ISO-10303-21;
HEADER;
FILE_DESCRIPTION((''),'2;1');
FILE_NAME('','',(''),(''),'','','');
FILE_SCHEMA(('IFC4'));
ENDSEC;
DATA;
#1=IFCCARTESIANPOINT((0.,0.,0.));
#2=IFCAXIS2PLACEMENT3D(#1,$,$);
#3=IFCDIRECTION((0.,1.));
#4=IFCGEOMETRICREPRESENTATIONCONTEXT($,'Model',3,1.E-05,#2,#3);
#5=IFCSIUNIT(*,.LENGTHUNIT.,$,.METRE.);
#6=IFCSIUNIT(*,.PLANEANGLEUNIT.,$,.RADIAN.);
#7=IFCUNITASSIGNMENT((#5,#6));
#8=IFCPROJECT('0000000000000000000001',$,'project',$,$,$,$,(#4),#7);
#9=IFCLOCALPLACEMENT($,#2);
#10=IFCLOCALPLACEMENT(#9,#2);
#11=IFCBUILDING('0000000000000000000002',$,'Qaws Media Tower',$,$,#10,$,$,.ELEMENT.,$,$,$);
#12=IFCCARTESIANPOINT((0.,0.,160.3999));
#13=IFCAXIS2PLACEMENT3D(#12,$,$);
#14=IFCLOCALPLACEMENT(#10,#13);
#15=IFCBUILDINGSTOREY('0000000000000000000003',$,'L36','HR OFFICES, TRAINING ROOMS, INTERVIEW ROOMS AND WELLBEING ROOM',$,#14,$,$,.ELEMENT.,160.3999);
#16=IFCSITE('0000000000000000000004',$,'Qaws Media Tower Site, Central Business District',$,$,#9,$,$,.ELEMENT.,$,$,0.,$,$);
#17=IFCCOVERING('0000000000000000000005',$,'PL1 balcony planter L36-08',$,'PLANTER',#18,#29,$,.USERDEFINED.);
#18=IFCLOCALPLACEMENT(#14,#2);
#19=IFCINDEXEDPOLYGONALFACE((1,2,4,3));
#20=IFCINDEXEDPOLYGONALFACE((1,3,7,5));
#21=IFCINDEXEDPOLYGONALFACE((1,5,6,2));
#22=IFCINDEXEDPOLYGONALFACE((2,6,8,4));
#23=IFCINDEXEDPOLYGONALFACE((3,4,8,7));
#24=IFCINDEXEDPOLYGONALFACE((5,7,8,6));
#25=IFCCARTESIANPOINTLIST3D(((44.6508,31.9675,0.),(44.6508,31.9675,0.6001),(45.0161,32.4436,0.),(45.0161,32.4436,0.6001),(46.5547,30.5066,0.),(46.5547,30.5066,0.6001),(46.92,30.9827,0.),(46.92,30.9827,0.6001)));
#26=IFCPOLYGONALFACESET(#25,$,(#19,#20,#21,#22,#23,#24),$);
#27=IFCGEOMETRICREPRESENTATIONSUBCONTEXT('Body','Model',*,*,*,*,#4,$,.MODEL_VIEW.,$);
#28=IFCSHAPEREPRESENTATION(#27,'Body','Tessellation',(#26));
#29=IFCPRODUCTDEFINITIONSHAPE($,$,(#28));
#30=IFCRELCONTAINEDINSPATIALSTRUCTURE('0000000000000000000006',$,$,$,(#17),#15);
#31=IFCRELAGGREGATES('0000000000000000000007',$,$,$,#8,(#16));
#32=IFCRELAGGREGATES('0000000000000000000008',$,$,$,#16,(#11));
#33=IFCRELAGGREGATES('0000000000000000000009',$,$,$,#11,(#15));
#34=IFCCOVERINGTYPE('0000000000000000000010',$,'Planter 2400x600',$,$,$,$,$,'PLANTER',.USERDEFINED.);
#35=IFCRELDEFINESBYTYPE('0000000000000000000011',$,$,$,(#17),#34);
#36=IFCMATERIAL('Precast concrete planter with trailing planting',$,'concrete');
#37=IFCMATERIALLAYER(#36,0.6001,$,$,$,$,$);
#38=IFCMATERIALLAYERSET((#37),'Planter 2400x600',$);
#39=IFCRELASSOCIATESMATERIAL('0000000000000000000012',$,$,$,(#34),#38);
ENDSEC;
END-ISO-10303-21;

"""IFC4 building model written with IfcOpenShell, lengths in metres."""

from ifc_helpers import new_model, si_unit, direction, frame, origin, origin_2d, place, context, subcontext, project, spatial, rectangle, extrude, material, layer, layer_set, type_object, element, save


model = new_model("IFC4")

# Units and contexts
model_context = context("Model", 3, precision=1e-05, world=origin(), true_north=direction((0.0, 1.0)))
body_context = subcontext(model_context, "Body", "Model", "MODEL_VIEW")
ifc_project = project(units=[si_unit("LENGTHUNIT", "METRE"), si_unit("PLANEANGLEUNIT", "RADIAN")], contexts=[model_context])

# Site, building, storey
site_placement = place(None, origin())
site = spatial("IfcSite", under=ifc_project, at=site_placement, Name="Qaws Media Tower Site, Central Business District", CompositionType="ELEMENT", RefElevation=0.0)
building_placement = place(site_placement, origin())
building = spatial("IfcBuilding", under=site, at=building_placement, Name="Qaws Media Tower", CompositionType="ELEMENT")
storey_placement = place(building_placement, frame((0.0, 0.0, 160.3999)))
storey = spatial("IfcBuildingStorey", under=building, at=storey_placement, Name="L36", Description="HR OFFICES, TRAINING ROOMS, INTERVIEW ROOMS AND WELLBEING ROOM", CompositionType="ELEMENT", Elevation=160.3999)

# Covering
ifc_material_1 = material(Name="Precast concrete planter with trailing planting", Category="concrete")
ifc_layer_1 = layer(ifc_material_1, 0.6001)
ifc_layer_set_1 = layer_set([ifc_layer_1], Name="Planter 2400x600")
covering_type = type_object("IfcCoveringType", Name="Planter 2400x600", ElementType="PLANTER", PredefinedType="USERDEFINED", material=ifc_layer_set_1)
covering_placement = place(storey_placement, frame((45.7854, 31.4751, 0.0), z_axis=(0.0, 0.0, 1.0), x_axis=(0.793353, -0.608761, 0.0)))
element("IfcCovering", 1, at=covering_placement, inside=storey, type_object=covering_type, Name="PL1 balcony planter L36-08", ObjectType="PLANTER", PredefinedType="USERDEFINED", context=body_context, shape_type="SweptSolid", body=[
    extrude(rectangle(XDim=2.3999, YDim=0.6001, at=origin_2d()), origin(), (0.0, 0.0, 1.0), 0.6001),
])

save(model, "model.ifc")
